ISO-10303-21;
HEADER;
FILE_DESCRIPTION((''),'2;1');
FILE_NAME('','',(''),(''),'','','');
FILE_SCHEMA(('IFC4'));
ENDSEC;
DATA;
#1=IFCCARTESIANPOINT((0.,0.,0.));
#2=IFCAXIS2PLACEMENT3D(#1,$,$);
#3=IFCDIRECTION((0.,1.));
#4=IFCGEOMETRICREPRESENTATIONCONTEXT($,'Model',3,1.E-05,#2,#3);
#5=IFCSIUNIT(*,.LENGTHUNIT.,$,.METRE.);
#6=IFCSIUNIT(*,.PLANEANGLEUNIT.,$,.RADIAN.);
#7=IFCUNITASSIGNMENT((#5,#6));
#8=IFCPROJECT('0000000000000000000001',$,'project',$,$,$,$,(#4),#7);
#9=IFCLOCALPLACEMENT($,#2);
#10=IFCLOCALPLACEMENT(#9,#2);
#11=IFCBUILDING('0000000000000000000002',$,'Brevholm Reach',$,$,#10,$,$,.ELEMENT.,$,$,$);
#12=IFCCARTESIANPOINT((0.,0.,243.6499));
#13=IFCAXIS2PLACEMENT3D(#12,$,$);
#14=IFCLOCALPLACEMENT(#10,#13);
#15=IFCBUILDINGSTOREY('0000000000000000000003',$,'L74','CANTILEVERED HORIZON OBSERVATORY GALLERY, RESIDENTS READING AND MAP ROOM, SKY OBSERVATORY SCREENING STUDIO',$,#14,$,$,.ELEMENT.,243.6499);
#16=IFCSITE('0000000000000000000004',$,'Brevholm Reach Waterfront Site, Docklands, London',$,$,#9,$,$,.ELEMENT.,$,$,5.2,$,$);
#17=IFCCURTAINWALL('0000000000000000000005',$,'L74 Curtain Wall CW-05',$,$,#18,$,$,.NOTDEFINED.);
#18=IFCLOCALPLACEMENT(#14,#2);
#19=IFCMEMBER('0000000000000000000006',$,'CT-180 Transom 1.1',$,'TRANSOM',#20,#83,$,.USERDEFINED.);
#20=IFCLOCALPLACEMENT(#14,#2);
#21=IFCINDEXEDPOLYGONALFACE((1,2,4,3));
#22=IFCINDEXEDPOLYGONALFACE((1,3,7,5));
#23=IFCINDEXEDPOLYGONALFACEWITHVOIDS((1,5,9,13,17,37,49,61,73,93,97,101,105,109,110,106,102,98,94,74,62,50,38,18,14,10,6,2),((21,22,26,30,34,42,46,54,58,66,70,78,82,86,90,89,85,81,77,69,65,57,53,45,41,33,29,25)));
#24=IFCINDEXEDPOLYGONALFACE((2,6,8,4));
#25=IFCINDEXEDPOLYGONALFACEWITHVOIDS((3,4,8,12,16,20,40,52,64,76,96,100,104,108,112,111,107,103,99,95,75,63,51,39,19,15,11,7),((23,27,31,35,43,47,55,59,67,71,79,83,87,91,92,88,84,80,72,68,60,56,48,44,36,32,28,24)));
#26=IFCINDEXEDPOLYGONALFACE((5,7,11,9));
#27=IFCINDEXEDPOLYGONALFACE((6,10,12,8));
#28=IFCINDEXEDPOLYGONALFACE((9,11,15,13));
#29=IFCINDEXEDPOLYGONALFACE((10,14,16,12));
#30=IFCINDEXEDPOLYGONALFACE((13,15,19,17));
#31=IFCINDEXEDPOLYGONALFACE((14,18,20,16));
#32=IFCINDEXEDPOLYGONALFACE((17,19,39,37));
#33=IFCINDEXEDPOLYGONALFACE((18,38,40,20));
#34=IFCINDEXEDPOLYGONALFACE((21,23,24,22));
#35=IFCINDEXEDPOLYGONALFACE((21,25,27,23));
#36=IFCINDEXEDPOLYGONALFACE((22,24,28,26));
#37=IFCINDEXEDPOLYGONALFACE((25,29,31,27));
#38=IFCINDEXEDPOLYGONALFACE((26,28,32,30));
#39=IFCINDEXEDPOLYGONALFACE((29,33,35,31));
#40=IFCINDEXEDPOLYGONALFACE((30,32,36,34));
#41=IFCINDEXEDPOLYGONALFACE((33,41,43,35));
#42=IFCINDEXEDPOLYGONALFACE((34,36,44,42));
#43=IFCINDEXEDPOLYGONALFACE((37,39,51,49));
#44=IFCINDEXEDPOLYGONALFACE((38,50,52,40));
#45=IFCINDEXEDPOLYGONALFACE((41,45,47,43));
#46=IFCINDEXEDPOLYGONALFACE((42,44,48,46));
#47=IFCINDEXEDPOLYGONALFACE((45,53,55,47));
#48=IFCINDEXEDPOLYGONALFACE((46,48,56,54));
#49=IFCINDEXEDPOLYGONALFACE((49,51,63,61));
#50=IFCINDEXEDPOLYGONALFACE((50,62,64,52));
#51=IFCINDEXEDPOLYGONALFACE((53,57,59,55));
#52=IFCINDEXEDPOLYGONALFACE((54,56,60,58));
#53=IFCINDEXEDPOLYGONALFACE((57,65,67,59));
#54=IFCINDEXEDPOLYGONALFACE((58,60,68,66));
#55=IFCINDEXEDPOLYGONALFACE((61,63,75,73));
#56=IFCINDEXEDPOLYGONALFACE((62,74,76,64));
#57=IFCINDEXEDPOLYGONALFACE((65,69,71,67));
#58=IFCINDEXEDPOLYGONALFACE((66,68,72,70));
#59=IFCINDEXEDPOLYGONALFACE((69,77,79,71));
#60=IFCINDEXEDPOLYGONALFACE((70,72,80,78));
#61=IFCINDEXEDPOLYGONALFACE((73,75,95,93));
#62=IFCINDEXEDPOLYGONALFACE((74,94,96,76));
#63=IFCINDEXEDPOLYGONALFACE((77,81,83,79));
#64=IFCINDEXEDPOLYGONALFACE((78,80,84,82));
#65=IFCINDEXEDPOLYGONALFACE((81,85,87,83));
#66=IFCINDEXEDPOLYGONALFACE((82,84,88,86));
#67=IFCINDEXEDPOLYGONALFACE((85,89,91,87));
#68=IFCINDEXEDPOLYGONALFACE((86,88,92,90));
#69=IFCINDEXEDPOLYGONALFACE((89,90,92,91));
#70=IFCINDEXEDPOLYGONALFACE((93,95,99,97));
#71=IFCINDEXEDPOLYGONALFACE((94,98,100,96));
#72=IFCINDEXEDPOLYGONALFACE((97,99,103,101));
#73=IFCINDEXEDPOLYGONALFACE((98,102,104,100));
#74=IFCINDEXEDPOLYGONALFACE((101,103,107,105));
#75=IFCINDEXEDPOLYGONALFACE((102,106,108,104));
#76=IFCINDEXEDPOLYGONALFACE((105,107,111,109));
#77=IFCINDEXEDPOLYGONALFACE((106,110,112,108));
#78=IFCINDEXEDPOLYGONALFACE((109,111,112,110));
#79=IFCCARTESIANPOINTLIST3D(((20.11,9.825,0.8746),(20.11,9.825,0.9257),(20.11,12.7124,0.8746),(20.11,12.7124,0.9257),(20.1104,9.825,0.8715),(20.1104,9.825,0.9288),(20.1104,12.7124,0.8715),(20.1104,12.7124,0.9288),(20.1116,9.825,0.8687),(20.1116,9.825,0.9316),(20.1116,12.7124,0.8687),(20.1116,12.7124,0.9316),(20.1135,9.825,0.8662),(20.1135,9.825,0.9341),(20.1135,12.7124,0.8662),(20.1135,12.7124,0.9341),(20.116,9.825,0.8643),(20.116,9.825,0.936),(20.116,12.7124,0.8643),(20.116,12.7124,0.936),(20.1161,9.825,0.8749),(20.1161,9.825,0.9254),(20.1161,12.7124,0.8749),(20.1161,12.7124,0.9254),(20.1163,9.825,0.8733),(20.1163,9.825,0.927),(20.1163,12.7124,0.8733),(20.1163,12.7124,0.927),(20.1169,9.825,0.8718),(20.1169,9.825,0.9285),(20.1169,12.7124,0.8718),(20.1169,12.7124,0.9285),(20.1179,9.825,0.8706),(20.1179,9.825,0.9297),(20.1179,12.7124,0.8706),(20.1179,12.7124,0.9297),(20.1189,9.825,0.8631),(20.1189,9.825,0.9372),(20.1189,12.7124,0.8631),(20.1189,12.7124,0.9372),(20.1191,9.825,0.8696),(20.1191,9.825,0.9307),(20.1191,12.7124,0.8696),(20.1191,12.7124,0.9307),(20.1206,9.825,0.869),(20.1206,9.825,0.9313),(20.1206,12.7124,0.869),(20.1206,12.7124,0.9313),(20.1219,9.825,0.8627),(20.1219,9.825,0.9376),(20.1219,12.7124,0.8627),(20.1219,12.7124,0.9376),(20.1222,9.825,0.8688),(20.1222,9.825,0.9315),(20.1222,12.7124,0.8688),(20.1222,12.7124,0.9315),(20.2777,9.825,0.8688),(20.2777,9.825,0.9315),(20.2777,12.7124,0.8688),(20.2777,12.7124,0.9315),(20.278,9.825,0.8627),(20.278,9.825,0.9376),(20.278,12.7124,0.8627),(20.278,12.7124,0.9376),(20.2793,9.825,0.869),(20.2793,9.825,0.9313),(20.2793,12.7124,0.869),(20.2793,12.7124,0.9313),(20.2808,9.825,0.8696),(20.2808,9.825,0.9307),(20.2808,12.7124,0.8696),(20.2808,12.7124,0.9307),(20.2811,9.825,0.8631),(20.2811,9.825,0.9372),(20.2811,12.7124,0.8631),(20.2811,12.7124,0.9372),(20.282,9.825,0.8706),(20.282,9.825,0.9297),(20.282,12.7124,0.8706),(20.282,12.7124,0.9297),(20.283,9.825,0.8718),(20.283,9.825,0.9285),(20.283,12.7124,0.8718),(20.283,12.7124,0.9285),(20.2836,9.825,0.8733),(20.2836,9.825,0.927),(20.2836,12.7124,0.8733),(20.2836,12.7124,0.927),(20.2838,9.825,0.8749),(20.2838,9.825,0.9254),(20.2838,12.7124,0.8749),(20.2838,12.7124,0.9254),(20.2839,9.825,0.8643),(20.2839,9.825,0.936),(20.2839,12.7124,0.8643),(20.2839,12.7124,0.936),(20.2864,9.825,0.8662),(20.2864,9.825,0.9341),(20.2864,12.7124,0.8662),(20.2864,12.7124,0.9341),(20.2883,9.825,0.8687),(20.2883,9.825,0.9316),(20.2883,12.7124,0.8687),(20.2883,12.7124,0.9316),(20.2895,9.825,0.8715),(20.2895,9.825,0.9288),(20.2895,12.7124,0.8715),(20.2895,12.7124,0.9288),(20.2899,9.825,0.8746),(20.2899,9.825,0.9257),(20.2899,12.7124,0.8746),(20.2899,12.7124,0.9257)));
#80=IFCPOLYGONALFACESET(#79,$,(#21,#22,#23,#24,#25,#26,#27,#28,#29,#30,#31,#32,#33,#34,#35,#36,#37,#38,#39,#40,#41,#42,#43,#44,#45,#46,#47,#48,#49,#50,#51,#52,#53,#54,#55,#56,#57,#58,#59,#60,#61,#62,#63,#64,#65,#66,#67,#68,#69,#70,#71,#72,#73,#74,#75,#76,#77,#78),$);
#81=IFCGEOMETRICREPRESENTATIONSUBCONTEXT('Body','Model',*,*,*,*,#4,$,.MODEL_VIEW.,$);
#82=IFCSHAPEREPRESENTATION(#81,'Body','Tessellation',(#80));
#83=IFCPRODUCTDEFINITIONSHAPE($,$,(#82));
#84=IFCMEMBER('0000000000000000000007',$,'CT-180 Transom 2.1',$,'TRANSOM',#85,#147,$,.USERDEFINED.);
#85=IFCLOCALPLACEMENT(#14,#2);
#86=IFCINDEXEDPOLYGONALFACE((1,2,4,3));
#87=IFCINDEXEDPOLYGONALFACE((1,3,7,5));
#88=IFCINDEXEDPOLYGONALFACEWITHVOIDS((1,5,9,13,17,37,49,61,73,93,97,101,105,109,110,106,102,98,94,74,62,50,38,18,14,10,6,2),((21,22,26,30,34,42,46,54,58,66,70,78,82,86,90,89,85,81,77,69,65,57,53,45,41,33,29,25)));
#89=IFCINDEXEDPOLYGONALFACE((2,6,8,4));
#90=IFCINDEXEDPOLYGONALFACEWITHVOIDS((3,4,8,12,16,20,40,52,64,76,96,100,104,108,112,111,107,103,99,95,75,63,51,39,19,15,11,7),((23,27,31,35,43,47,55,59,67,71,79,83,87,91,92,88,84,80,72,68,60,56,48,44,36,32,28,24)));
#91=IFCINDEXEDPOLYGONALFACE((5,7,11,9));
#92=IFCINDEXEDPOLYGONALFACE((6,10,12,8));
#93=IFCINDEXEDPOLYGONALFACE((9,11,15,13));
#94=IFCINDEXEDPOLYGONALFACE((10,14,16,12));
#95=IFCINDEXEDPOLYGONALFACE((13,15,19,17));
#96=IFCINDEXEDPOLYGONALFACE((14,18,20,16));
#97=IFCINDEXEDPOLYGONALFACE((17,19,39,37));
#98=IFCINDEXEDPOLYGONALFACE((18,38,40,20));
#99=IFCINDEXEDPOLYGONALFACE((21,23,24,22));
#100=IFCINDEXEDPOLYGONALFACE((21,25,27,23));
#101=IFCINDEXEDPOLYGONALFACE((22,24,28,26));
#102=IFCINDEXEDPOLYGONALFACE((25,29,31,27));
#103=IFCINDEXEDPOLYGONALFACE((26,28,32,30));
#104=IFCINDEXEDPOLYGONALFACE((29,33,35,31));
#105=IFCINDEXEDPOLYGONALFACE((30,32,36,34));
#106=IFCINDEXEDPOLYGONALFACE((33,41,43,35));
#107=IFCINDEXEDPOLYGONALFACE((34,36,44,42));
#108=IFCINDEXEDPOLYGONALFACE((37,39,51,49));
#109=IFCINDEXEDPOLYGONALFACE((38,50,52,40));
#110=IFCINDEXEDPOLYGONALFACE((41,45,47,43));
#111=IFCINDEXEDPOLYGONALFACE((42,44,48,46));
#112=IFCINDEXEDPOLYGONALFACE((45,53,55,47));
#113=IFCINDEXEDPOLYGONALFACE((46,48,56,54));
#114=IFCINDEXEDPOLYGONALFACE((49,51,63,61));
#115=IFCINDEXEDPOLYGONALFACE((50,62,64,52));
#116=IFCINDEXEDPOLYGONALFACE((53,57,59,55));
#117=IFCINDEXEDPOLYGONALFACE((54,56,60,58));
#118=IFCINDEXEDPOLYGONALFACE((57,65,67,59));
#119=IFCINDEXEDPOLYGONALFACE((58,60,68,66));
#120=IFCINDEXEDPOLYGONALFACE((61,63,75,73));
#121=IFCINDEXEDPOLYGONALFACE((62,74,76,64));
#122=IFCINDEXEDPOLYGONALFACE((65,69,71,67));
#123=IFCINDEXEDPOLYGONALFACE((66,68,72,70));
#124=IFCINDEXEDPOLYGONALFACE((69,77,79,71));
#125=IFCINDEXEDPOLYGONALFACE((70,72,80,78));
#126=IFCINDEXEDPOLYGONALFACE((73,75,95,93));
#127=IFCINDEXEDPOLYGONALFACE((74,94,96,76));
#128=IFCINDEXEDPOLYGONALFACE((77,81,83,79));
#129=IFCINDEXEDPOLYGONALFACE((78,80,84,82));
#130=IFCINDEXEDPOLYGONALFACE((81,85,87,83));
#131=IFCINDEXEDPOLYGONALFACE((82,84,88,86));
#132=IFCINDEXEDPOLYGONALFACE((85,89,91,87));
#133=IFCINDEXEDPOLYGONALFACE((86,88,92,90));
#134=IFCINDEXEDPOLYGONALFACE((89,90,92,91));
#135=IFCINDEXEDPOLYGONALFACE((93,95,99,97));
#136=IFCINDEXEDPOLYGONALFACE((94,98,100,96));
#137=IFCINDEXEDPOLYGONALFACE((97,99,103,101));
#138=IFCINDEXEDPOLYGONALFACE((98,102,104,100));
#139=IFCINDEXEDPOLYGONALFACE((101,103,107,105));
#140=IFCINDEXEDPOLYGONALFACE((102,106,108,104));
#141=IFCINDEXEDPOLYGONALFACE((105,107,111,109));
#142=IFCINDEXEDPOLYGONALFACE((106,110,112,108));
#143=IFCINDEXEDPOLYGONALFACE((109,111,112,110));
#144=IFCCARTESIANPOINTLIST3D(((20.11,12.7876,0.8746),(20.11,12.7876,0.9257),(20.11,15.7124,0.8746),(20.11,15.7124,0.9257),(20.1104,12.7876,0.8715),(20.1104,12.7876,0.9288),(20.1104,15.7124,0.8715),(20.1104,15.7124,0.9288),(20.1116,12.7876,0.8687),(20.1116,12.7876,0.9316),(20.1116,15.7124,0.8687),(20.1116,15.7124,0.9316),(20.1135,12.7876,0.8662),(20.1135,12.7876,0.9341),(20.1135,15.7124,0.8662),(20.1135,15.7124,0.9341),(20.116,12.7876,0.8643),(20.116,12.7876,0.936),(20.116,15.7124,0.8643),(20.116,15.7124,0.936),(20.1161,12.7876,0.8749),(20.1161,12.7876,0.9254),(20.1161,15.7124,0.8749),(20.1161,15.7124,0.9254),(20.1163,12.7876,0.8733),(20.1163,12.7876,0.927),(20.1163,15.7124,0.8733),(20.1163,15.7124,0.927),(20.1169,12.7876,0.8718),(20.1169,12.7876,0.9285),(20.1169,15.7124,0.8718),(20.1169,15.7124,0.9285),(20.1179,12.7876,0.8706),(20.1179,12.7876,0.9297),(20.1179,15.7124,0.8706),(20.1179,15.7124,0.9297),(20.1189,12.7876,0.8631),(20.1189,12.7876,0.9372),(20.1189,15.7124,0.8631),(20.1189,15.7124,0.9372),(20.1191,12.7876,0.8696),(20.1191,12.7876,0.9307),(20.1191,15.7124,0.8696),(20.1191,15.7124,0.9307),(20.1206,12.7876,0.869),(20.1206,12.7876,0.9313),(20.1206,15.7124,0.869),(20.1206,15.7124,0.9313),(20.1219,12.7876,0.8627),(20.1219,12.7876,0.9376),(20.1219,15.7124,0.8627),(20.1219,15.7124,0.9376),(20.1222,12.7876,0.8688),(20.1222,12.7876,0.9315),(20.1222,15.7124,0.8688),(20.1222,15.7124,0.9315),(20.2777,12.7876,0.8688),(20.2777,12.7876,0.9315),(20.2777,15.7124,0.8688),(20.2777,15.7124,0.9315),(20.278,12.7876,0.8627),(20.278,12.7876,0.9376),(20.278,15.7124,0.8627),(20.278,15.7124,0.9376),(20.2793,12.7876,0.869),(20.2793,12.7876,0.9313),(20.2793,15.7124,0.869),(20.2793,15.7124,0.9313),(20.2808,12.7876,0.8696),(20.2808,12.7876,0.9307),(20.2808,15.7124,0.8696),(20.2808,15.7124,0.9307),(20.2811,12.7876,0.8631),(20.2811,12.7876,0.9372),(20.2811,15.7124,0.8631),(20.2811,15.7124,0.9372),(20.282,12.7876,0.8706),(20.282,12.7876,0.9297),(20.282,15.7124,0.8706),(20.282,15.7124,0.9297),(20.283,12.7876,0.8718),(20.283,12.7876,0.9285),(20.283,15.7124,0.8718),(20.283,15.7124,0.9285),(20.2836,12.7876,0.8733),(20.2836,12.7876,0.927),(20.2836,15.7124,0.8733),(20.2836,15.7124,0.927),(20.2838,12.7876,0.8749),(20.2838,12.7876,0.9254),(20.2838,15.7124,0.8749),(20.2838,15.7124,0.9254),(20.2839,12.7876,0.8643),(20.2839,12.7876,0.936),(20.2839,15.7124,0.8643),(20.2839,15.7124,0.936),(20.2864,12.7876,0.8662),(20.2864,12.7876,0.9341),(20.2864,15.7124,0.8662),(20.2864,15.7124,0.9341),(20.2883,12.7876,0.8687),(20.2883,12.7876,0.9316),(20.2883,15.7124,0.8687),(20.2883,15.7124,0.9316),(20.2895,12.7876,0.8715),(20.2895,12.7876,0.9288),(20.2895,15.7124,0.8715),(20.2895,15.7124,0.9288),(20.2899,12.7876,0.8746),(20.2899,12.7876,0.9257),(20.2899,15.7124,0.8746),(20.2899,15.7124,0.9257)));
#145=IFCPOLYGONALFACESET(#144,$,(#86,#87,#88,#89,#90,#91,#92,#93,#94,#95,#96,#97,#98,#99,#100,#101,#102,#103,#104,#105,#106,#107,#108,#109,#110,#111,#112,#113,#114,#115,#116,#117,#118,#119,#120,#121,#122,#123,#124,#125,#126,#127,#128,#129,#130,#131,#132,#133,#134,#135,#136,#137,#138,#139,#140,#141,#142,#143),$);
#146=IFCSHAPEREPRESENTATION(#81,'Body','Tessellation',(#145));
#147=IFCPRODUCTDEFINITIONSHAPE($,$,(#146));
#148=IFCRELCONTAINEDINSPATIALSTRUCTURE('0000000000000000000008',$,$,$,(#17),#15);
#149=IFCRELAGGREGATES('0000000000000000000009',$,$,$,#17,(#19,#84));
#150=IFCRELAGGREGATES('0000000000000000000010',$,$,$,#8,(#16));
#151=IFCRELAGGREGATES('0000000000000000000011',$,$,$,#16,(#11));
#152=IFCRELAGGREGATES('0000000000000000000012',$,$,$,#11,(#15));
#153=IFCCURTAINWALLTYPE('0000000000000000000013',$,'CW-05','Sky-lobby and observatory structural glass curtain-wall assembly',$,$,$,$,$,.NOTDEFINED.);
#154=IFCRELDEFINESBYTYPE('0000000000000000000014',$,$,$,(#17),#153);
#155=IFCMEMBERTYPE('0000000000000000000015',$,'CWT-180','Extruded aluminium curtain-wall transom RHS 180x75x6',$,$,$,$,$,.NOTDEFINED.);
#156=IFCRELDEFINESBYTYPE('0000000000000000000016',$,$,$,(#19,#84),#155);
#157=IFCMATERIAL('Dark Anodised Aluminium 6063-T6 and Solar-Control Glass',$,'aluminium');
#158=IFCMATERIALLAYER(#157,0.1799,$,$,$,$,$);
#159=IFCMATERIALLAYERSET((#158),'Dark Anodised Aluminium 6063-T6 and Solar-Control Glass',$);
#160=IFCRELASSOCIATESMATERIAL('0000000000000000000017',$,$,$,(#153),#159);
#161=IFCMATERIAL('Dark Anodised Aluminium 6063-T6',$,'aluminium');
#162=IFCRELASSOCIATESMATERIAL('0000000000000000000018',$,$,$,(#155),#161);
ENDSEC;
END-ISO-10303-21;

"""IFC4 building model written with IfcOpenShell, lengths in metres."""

from ifc_helpers import new_model, si_unit, direction, frame, origin, origin_2d, place, context, subcontext, project, spatial, hollow_rectangle, extrude, material, layer, layer_set, material_profile, profile_set, type_object, element, aggregate, save


model = new_model("IFC4")

# Units and contexts
model_context = context("Model", 3, precision=1e-05, world=origin(), true_north=direction((0.0, 1.0)))
body_context = subcontext(model_context, "Body", "Model", "MODEL_VIEW")
ifc_project = project(units=[si_unit("LENGTHUNIT", "METRE"), si_unit("PLANEANGLEUNIT", "RADIAN")], contexts=[model_context])

# Site, building, storey
site_placement = place(None, origin())
site = spatial("IfcSite", under=ifc_project, at=site_placement, Name="Brevholm Reach Waterfront Site, Docklands, London", CompositionType="ELEMENT", RefElevation=5.2)
building_placement = place(site_placement, origin())
building = spatial("IfcBuilding", under=site, at=building_placement, Name="Brevholm Reach", CompositionType="ELEMENT")
storey_placement = place(building_placement, frame((0.0, 0.0, 243.6499)))
storey = spatial("IfcBuildingStorey", under=building, at=storey_placement, Name="L74", Description="CANTILEVERED HORIZON OBSERVATORY GALLERY, RESIDENTS READING AND MAP ROOM, SKY OBSERVATORY SCREENING STUDIO", CompositionType="ELEMENT", Elevation=243.6499)

# Curtain wall, members
ifc_material_1 = material(Name="Dark Anodised Aluminium 6063-T6 and Solar-Control Glass", Category="aluminium")
ifc_layer_1 = layer(ifc_material_1, 0.1799)
ifc_layer_set_1 = layer_set([ifc_layer_1], Name="Dark Anodised Aluminium 6063-T6 and Solar-Control Glass")
curtain_wall_type = type_object("IfcCurtainWallType", Name="CW-05", Description="Sky-lobby and observatory structural glass curtain-wall assembly", PredefinedType="NOTDEFINED", material=ifc_layer_set_1)
curtain_wall_placement = place(storey_placement, origin())
curtain_wall = element("IfcCurtainWall", 1, at=curtain_wall_placement, inside=storey, type_object=curtain_wall_type, Name="L74 Curtain Wall CW-05", PredefinedType="NOTDEFINED")
ifc_material_2 = material(Name="Dark Anodised Aluminium 6063-T6", Category="aluminium")
ifc_material_profile_1 = material_profile(ifc_material_2, hollow_rectangle(XDim=0.075, YDim=0.1799, WallThickness=0.0061, InnerFilletRadius=0.0061, OuterFilletRadius=0.012, at=origin_2d()), Name="RHS 180x75x6")
ifc_profile_set_1 = profile_set([ifc_material_profile_1], Name="Dark Anodised Aluminium 6063-T6")
member_type_1 = type_object("IfcMemberType", Name="CWT-180", Description="Extruded aluminium curtain-wall transom RHS 180x75x6", PredefinedType="NOTDEFINED", material=ifc_profile_set_1)
member_1_placement = place(storey_placement, frame((20.2, 9.825, 0.9001), z_axis=(0.0, 1.0, 0.0), x_axis=(0.0, 0.0, 1.0)))
member_1 = element("IfcMember", 2, at=member_1_placement, type_object=member_type_1, Name="CT-180 Transom 1.1", ObjectType="TRANSOM", PredefinedType="USERDEFINED", context=body_context, shape_type="SweptSolid", body=[
    extrude(hollow_rectangle(XDim=0.075, YDim=0.1799, WallThickness=0.0061, InnerFilletRadius=0.0061, OuterFilletRadius=0.012, at=origin_2d()), origin(), (0.0, 0.0, 1.0), 2.8875),
])
member_2_placement = place(storey_placement, frame((20.2, 12.7876, 0.9001), z_axis=(0.0, 1.0, 0.0), x_axis=(0.0, 0.0, 1.0)))
member_2 = element("IfcMember", 3, at=member_2_placement, type_object=member_type_1, Name="CT-180 Transom 2.1", ObjectType="TRANSOM", PredefinedType="USERDEFINED", context=body_context, shape_type="SweptSolid", body=[
    extrude(hollow_rectangle(XDim=0.075, YDim=0.1799, WallThickness=0.0061, InnerFilletRadius=0.0061, OuterFilletRadius=0.012, at=origin_2d()), origin(), (0.0, 0.0, 1.0), 2.9248),
])

aggregate(curtain_wall, [member_1, member_2])

save(model, "model.ifc")
